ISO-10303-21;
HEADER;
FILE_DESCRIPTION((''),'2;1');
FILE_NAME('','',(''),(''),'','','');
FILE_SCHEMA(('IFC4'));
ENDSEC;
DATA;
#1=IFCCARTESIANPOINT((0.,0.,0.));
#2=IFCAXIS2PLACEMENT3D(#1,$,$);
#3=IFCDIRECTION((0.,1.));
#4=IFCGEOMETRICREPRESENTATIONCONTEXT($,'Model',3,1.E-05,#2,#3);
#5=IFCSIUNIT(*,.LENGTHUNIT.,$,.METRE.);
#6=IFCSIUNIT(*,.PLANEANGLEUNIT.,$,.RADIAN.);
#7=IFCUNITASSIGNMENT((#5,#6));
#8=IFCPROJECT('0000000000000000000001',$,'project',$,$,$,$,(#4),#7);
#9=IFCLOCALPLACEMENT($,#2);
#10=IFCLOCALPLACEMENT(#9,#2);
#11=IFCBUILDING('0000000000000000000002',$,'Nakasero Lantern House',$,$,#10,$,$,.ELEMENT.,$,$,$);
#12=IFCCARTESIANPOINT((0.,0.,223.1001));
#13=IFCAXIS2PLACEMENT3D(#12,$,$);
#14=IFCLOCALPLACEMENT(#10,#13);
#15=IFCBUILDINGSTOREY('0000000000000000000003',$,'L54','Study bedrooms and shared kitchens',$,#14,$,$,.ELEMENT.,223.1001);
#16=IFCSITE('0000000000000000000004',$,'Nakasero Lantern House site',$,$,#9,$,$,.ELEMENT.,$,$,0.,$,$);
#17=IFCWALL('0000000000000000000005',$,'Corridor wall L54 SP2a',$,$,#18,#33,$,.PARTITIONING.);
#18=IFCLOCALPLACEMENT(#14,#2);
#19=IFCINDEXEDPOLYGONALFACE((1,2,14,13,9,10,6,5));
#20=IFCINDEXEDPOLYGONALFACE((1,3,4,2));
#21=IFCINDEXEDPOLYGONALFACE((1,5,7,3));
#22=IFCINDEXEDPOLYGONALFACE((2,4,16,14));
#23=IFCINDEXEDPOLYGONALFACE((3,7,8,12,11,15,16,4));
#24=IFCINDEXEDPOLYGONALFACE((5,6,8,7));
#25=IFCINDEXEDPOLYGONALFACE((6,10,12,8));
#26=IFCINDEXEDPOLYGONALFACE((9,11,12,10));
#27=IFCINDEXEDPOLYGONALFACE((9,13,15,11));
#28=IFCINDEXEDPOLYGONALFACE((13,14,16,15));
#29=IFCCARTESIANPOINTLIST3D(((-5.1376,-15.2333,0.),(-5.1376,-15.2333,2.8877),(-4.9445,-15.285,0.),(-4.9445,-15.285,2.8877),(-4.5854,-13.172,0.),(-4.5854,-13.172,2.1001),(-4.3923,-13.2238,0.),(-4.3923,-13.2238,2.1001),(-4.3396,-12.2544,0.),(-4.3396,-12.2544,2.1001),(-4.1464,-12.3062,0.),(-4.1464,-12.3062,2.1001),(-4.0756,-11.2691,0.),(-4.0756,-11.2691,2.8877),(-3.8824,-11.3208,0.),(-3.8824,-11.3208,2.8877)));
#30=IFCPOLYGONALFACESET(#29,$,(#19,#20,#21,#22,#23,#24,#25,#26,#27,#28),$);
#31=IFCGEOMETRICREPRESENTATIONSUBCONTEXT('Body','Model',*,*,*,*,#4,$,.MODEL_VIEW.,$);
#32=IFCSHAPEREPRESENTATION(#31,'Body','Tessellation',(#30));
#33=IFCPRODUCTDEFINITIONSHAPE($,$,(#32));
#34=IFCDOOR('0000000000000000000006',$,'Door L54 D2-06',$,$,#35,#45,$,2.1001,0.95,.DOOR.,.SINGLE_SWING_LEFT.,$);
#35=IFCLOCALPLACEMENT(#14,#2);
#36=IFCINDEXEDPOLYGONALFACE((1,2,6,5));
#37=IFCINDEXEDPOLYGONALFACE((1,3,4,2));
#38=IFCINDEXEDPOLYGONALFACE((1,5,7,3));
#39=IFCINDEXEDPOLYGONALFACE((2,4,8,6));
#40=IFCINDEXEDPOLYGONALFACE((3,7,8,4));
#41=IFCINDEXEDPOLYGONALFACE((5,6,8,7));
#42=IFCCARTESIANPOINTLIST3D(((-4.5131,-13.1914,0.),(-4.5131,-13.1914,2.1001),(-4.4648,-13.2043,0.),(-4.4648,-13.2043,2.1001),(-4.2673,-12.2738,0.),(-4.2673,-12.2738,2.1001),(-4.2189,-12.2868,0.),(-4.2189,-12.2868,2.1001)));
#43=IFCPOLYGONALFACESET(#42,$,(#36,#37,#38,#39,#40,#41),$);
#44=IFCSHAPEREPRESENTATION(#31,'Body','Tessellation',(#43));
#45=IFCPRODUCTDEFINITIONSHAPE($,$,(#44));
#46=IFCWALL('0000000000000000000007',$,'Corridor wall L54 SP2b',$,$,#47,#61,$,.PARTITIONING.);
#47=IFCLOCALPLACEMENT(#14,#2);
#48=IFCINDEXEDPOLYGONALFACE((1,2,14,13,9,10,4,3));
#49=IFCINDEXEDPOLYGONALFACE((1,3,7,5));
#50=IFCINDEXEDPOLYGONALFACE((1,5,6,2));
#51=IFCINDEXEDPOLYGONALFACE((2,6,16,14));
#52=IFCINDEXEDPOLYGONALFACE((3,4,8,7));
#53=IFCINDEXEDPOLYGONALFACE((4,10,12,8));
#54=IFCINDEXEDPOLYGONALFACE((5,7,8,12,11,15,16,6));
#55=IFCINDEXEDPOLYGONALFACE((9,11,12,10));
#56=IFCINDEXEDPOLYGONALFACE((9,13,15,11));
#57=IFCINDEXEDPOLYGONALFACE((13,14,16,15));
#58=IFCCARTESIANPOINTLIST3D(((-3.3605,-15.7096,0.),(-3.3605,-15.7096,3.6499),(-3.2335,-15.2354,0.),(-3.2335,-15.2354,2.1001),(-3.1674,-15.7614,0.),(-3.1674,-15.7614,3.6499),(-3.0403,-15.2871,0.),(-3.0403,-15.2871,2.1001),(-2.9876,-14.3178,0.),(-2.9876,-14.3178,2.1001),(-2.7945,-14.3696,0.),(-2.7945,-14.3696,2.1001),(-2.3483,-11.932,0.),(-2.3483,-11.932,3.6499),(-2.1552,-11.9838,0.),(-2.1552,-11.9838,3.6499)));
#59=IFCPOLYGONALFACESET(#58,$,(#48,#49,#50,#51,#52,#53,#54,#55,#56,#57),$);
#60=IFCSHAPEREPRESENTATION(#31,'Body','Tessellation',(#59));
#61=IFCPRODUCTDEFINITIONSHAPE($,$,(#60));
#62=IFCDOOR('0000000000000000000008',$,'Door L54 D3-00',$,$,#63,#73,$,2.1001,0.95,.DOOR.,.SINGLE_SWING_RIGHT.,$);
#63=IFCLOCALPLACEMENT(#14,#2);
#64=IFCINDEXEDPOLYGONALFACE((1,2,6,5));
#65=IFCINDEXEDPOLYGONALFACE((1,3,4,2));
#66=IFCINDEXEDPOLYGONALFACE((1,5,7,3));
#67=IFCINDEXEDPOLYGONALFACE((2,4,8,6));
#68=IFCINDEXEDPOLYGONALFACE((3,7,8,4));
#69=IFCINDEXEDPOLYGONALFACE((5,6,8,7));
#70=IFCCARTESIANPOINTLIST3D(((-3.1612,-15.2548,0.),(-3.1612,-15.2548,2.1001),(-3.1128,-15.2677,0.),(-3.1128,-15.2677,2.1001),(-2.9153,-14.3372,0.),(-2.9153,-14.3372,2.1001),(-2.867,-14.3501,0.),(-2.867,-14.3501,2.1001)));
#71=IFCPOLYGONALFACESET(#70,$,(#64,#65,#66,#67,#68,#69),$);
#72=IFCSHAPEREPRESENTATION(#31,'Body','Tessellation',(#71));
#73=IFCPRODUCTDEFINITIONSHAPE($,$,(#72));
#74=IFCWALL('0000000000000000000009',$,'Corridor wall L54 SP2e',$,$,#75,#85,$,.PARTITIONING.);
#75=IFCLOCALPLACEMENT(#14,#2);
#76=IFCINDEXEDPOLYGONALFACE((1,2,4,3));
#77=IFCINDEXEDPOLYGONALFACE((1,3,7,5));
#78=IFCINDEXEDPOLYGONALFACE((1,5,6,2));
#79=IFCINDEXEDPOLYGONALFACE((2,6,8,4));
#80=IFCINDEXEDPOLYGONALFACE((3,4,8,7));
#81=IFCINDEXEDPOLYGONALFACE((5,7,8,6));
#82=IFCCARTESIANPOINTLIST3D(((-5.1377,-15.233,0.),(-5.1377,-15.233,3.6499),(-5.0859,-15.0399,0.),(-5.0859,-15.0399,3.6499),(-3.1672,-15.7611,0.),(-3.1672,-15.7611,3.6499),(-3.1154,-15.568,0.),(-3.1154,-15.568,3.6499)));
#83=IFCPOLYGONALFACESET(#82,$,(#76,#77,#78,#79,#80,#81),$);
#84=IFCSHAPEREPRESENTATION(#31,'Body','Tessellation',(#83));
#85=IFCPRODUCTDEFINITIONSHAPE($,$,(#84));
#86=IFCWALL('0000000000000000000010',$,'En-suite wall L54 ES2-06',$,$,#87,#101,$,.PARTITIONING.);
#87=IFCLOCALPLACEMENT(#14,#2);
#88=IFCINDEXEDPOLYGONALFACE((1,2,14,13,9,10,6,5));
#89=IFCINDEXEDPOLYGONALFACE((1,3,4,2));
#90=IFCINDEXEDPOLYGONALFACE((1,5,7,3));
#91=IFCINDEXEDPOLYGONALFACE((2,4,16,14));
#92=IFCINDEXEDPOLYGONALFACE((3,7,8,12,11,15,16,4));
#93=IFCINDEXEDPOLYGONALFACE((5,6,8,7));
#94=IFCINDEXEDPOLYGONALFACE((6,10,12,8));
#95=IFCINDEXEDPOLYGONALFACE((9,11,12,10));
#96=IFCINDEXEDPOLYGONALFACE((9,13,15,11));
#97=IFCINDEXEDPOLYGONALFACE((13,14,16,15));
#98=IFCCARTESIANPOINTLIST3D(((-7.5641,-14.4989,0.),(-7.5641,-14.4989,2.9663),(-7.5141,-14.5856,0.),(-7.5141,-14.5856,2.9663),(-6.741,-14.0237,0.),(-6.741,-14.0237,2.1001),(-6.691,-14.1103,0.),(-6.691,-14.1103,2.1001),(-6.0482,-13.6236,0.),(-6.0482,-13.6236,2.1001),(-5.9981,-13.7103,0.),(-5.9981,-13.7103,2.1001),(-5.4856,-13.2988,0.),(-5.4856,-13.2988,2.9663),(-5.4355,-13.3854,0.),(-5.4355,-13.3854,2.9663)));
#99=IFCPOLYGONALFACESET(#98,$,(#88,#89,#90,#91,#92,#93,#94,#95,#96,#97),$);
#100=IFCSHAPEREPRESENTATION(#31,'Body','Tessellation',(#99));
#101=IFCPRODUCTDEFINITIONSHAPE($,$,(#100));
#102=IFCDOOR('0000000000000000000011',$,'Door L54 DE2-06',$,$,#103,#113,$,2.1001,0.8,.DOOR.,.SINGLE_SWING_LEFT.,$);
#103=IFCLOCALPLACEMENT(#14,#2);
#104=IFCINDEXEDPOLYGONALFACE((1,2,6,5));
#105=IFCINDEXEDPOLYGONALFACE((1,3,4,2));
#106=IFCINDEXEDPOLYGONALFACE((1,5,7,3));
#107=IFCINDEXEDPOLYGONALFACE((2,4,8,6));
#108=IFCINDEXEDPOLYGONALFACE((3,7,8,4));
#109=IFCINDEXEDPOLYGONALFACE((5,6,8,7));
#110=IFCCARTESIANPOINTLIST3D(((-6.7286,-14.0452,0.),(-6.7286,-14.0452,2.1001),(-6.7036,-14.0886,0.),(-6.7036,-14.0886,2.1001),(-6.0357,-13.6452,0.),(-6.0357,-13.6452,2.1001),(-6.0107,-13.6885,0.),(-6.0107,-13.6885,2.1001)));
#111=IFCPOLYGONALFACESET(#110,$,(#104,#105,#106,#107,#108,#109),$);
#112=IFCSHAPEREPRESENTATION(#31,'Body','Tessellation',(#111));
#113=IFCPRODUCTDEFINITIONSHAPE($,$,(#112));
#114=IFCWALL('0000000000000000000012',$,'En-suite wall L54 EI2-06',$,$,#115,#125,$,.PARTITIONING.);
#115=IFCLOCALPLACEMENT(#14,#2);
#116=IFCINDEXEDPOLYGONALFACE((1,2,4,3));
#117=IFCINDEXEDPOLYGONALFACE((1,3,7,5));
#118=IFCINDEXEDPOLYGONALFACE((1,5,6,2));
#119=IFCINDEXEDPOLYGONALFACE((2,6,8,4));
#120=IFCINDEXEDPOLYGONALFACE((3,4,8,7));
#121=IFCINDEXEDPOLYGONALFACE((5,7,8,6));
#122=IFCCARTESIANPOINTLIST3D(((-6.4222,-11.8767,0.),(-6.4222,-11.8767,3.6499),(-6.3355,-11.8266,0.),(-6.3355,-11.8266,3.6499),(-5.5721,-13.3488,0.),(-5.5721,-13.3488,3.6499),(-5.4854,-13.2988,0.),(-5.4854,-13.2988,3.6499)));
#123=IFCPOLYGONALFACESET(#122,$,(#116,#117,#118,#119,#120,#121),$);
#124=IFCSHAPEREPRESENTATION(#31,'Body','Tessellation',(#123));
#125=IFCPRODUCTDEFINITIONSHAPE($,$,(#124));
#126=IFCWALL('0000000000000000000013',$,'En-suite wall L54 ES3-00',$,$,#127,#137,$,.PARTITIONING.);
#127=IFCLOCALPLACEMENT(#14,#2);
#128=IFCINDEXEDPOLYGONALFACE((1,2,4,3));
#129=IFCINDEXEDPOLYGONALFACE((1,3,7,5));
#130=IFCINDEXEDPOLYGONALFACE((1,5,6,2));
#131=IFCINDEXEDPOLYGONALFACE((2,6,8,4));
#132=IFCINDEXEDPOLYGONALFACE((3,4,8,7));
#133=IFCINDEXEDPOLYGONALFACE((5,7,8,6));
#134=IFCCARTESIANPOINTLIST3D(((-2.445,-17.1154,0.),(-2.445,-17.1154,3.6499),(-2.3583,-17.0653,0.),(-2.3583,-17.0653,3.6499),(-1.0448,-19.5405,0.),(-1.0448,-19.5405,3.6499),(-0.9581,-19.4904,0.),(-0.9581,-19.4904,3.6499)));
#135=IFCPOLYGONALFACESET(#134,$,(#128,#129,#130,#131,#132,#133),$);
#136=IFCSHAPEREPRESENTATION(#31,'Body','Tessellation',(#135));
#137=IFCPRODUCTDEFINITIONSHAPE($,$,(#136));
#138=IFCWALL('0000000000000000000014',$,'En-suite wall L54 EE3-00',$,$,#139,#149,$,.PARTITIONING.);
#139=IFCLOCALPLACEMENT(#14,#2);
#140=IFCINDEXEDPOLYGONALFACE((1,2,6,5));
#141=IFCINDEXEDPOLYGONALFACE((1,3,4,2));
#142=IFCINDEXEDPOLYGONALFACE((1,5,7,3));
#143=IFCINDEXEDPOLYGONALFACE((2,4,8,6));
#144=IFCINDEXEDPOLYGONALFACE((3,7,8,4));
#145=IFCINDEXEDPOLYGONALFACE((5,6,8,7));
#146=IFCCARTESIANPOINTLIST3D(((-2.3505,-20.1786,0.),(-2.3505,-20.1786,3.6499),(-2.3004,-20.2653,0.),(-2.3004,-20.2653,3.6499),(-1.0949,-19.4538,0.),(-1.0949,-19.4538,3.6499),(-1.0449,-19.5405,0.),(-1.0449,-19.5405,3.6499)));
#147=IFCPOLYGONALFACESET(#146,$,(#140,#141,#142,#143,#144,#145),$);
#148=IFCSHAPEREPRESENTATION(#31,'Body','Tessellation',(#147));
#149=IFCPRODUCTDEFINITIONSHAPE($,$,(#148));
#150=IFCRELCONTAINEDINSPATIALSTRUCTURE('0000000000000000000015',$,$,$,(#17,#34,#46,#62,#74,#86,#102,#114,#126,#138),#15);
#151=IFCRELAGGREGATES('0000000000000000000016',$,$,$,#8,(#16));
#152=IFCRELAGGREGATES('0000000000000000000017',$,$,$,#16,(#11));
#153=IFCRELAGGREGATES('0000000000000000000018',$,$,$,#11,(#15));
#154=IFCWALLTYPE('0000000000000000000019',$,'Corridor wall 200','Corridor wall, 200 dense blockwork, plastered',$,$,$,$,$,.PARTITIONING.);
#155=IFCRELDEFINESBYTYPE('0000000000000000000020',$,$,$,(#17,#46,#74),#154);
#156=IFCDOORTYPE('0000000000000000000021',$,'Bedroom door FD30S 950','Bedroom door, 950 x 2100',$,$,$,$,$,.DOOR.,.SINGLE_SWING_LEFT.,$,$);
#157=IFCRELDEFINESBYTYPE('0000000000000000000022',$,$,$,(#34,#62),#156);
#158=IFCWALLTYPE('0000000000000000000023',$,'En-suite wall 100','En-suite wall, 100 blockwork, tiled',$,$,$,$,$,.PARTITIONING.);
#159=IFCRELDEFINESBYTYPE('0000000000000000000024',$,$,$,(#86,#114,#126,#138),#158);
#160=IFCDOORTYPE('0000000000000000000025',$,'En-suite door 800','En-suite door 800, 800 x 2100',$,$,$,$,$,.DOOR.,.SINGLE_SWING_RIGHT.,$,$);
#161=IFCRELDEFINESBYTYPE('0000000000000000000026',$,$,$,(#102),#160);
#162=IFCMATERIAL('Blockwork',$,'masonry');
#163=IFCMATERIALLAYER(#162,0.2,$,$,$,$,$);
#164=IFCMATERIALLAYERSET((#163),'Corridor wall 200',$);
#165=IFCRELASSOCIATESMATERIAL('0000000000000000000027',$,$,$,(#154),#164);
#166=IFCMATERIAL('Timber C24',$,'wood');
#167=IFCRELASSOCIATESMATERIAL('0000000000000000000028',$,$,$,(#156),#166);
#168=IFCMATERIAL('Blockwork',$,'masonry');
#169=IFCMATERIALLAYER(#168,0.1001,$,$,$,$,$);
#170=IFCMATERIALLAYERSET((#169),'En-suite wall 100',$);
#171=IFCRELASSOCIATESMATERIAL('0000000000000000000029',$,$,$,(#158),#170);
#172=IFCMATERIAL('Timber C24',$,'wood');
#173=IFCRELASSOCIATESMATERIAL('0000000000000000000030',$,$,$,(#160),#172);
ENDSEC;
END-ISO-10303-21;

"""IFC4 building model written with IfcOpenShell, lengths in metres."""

from ifc_helpers import new_model, si_unit, direction, frame, frame_2d, origin, place, context, subcontext, project, spatial, rectangle, extrude, material, layer, layer_set, type_object, element, fill, save


model = new_model("IFC4")

# Units and contexts
model_context = context("Model", 3, precision=1e-05, world=origin(), true_north=direction((0.0, 1.0)))
body_context = subcontext(model_context, "Body", "Model", "MODEL_VIEW")
ifc_project = project(units=[si_unit("LENGTHUNIT", "METRE"), si_unit("PLANEANGLEUNIT", "RADIAN")], contexts=[model_context])

# Site, building, storey
site_placement = place(None, origin())
site = spatial("IfcSite", under=ifc_project, at=site_placement, Name="Nakasero Lantern House site", CompositionType="ELEMENT", RefElevation=0.0)
building_placement = place(site_placement, origin())
building = spatial("IfcBuilding", under=site, at=building_placement, Name="Nakasero Lantern House", CompositionType="ELEMENT")
storey_placement = place(building_placement, frame((0.0, 0.0, 223.1001)))
storey = spatial("IfcBuildingStorey", under=building, at=storey_placement, Name="L54", Description="Study bedrooms and shared kitchens", CompositionType="ELEMENT", Elevation=223.1001)

# Shared definitions
ifc_material_1 = material(Name="Blockwork", Category="masonry")
ifc_layer_1 = layer(ifc_material_1, 0.2)
ifc_layer_set_1 = layer_set([ifc_layer_1], Name="Corridor wall 200")
wall_type_1 = type_object("IfcWallType", Name="Corridor wall 200", Description="Corridor wall, 200 dense blockwork, plastered", PredefinedType="PARTITIONING", material=ifc_layer_set_1)

# Walls, openings, doors
wall_1_placement = place(storey_placement, frame((-3.979, -11.2949, 0.0), z_axis=(0.0, 0.0, 1.0), x_axis=(-0.258781, -0.965936, 0.0)))
wall_1 = element("IfcWall", 1, at=wall_1_placement, inside=storey, type_object=wall_type_1, Name="Corridor wall L54 SP2a", PredefinedType="PARTITIONING", context=body_context, shape_type="SweptSolid", body=[
    extrude(rectangle(XDim=4.104, YDim=0.2, at=frame_2d((2.052, 0.0))), origin(), (0.0, 0.0, 1.0), 2.8877),
])
opening_1_placement = place(wall_1_placement, frame((1.02, 0.0, 0.0)))
opening_1 = element("IfcOpeningElement", 2, at=opening_1_placement, cuts=wall_1, PredefinedType="OPENING", context=body_context, shape_type="SweptSolid", body=[
    extrude(rectangle(XDim=0.95, YDim=2.1001, at=frame_2d((0.4751, 1.05))), frame((0.0, 0.1199, 0.0), z_axis=(0.0, -1.0, 0.0), x_axis=(1.0, 0.0, 0.0)), (0.0, 0.0, 1.0), 0.24),
])
ifc_material_2 = material(Name="Timber C24", Category="wood")
door_type_1 = type_object("IfcDoorType", Name="Bedroom door FD30S 950", Description="Bedroom door, 950 x 2100", OperationType="SINGLE_SWING_LEFT", PredefinedType="DOOR", material=ifc_material_2)
door_1_placement = place(opening_1_placement, origin())
door_1 = element("IfcDoor", 3, at=door_1_placement, inside=storey, type_object=door_type_1, Name="Door L54 D2-06", OperationType="SINGLE_SWING_LEFT", OverallHeight=2.1001, OverallWidth=0.95, PredefinedType="DOOR", context=body_context, shape_type="SweptSolid", body=[
    extrude(rectangle(XDim=0.95, YDim=2.1001, at=frame_2d((0.4751, 1.05))), frame((0.0, 0.0249, 0.0), z_axis=(0.0, -1.0, 0.0), x_axis=(1.0, 0.0, 0.0)), (0.0, 0.0, 1.0), 0.05),
])
fill(opening_1, door_1)
wall_2_placement = place(storey_placement, frame((-2.2517, -11.9578, 0.0), z_axis=(0.0, 0.0, 1.0), x_axis=(-0.25882, -0.965925, 0.0)))
wall_2 = element("IfcWall", 4, at=wall_2_placement, inside=storey, type_object=wall_type_1, Name="Corridor wall L54 SP2b", PredefinedType="PARTITIONING", context=body_context, shape_type="SweptSolid", body=[
    extrude(rectangle(XDim=3.9109, YDim=0.2, at=frame_2d((1.9556, 0.0))), origin(), (0.0, 0.0, 1.0), 3.6499),
])
opening_2_placement = place(wall_2_placement, frame((2.47, 0.0, 0.0)))
opening_2 = element("IfcOpeningElement", 5, at=opening_2_placement, cuts=wall_2, PredefinedType="OPENING", context=body_context, shape_type="SweptSolid", body=[
    extrude(rectangle(XDim=0.95, YDim=2.1001, at=frame_2d((0.4751, 1.05))), frame((0.0, 0.1199, 0.0), z_axis=(0.0, -1.0, 0.0), x_axis=(1.0, 0.0, 0.0)), (0.0, 0.0, 1.0), 0.24),
])
door_2_placement = place(opening_2_placement, origin())
door_2 = element("IfcDoor", 6, at=door_2_placement, inside=storey, type_object=door_type_1, Name="Door L54 D3-00", OperationType="SINGLE_SWING_RIGHT", OverallHeight=2.1001, OverallWidth=0.95, PredefinedType="DOOR", context=body_context, shape_type="SweptSolid", body=[
    extrude(rectangle(XDim=0.95, YDim=2.1001, at=frame_2d((0.4751, 1.05))), frame((0.0, 0.0249, 0.0), z_axis=(0.0, -1.0, 0.0), x_axis=(1.0, 0.0, 0.0)), (0.0, 0.0, 1.0), 0.05),
])
fill(opening_2, door_2)

# Wall
wall_3_placement = place(storey_placement, frame((-5.1118, -15.1365, 0.0), z_axis=(0.0, 0.0, 1.0), x_axis=(0.965914, -0.258862, 0.0)))
element("IfcWall", 7, at=wall_3_placement, inside=storey, type_object=wall_type_1, Name="Corridor wall L54 SP2e", PredefinedType="PARTITIONING", context=body_context, shape_type="SweptSolid", body=[
    extrude(rectangle(XDim=2.04, YDim=0.2, at=frame_2d((1.02, 0.0))), origin(), (0.0, 0.0, 1.0), 3.6499),
])

# Wall, opening, door
ifc_material_3 = material(Name="Blockwork", Category="masonry")
ifc_layer_2 = layer(ifc_material_3, 0.1001)
ifc_layer_set_2 = layer_set([ifc_layer_2], Name="En-suite wall 100")
wall_type_2 = type_object("IfcWallType", Name="En-suite wall 100", Description="En-suite wall, 100 blockwork, tiled", PredefinedType="PARTITIONING", material=ifc_layer_set_2)
wall_4_placement = place(storey_placement, frame((-5.4604, -13.342, 0.0), z_axis=(0.0, 0.0, 1.0), x_axis=(-0.866006, -0.500034, 0.0)))
wall_4 = element("IfcWall", 8, at=wall_4_placement, inside=storey, type_object=wall_type_2, Name="En-suite wall L54 ES2-06", PredefinedType="PARTITIONING", context=body_context, shape_type="SweptSolid", body=[
    extrude(rectangle(XDim=2.4001, YDim=0.1001, at=frame_2d((1.2002, 0.0))), origin(), (0.0, 0.0, 1.0), 2.9663),
])
opening_3_placement = place(wall_4_placement, frame((0.6499, 0.0, 0.0)))
opening_3 = element("IfcOpeningElement", 9, at=opening_3_placement, cuts=wall_4, PredefinedType="OPENING", context=body_context, shape_type="SweptSolid", body=[
    extrude(rectangle(XDim=0.8, YDim=2.1001, at=frame_2d((0.3999, 1.05))), frame((0.0, 0.0701, 0.0), z_axis=(0.0, -1.0, 0.0), x_axis=(1.0, 0.0, 0.0)), (0.0, 0.0, 1.0), 0.1401),
])
ifc_material_4 = material(Name="Timber C24", Category="wood")
door_type_2 = type_object("IfcDoorType", Name="En-suite door 800", Description="En-suite door 800, 800 x 2100", OperationType="SINGLE_SWING_RIGHT", PredefinedType="DOOR", material=ifc_material_4)
door_3_placement = place(opening_3_placement, origin())
door_3 = element("IfcDoor", 10, at=door_3_placement, inside=storey, type_object=door_type_2, Name="Door L54 DE2-06", OperationType="SINGLE_SWING_LEFT", OverallHeight=2.1001, OverallWidth=0.8, PredefinedType="DOOR", context=body_context, shape_type="SweptSolid", body=[
    extrude(rectangle(XDim=0.8, YDim=2.1001, at=frame_2d((0.3999, 1.05))), frame((0.0, 0.0249, 0.0), z_axis=(0.0, -1.0, 0.0), x_axis=(1.0, 0.0, 0.0)), (0.0, 0.0, 1.0), 0.05),
])
fill(opening_3, door_3)

# Walls
wall_5_placement = place(storey_placement, frame((-6.3789, -11.8516, 0.0), z_axis=(0.0, 0.0, 1.0), x_axis=(0.500062, -0.865989, 0.0)))
element("IfcWall", 11, at=wall_5_placement, inside=storey, type_object=wall_type_2, Name="En-suite wall L54 EI2-06", PredefinedType="PARTITIONING", context=body_context, shape_type="SweptSolid", body=[
    extrude(rectangle(XDim=1.7, YDim=0.1001, at=frame_2d((0.8501, 0.0))), origin(), (0.0, 0.0, 1.0), 3.6499),
])
wall_6_placement = place(storey_placement, frame((-2.4016, -17.0903, 0.0), z_axis=(0.0, 0.0, 1.0), x_axis=(0.500012, -0.866019, 0.0)))
element("IfcWall", 12, at=wall_6_placement, inside=storey, type_object=wall_type_2, Name="En-suite wall L54 ES3-00", PredefinedType="PARTITIONING", context=body_context, shape_type="SweptSolid", body=[
    extrude(rectangle(XDim=2.8003, YDim=0.1001, at=frame_2d((1.4001, 0.0))), origin(), (0.0, 0.0, 1.0), 3.6499),
])
wall_7_placement = place(storey_placement, frame((-2.3254, -20.2219, 0.0), z_axis=(0.0, 0.0, 1.0), x_axis=(0.866048, 0.499961, 0.0)))
element("IfcWall", 13, at=wall_7_placement, inside=storey, type_object=wall_type_2, Name="En-suite wall L54 EE3-00", PredefinedType="PARTITIONING", context=body_context, shape_type="SweptSolid", body=[
    extrude(rectangle(XDim=1.4497, YDim=0.1001, at=frame_2d((0.7249, 0.0))), origin(), (0.0, 0.0, 1.0), 3.6499),
])

save(model, "model.ifc")
